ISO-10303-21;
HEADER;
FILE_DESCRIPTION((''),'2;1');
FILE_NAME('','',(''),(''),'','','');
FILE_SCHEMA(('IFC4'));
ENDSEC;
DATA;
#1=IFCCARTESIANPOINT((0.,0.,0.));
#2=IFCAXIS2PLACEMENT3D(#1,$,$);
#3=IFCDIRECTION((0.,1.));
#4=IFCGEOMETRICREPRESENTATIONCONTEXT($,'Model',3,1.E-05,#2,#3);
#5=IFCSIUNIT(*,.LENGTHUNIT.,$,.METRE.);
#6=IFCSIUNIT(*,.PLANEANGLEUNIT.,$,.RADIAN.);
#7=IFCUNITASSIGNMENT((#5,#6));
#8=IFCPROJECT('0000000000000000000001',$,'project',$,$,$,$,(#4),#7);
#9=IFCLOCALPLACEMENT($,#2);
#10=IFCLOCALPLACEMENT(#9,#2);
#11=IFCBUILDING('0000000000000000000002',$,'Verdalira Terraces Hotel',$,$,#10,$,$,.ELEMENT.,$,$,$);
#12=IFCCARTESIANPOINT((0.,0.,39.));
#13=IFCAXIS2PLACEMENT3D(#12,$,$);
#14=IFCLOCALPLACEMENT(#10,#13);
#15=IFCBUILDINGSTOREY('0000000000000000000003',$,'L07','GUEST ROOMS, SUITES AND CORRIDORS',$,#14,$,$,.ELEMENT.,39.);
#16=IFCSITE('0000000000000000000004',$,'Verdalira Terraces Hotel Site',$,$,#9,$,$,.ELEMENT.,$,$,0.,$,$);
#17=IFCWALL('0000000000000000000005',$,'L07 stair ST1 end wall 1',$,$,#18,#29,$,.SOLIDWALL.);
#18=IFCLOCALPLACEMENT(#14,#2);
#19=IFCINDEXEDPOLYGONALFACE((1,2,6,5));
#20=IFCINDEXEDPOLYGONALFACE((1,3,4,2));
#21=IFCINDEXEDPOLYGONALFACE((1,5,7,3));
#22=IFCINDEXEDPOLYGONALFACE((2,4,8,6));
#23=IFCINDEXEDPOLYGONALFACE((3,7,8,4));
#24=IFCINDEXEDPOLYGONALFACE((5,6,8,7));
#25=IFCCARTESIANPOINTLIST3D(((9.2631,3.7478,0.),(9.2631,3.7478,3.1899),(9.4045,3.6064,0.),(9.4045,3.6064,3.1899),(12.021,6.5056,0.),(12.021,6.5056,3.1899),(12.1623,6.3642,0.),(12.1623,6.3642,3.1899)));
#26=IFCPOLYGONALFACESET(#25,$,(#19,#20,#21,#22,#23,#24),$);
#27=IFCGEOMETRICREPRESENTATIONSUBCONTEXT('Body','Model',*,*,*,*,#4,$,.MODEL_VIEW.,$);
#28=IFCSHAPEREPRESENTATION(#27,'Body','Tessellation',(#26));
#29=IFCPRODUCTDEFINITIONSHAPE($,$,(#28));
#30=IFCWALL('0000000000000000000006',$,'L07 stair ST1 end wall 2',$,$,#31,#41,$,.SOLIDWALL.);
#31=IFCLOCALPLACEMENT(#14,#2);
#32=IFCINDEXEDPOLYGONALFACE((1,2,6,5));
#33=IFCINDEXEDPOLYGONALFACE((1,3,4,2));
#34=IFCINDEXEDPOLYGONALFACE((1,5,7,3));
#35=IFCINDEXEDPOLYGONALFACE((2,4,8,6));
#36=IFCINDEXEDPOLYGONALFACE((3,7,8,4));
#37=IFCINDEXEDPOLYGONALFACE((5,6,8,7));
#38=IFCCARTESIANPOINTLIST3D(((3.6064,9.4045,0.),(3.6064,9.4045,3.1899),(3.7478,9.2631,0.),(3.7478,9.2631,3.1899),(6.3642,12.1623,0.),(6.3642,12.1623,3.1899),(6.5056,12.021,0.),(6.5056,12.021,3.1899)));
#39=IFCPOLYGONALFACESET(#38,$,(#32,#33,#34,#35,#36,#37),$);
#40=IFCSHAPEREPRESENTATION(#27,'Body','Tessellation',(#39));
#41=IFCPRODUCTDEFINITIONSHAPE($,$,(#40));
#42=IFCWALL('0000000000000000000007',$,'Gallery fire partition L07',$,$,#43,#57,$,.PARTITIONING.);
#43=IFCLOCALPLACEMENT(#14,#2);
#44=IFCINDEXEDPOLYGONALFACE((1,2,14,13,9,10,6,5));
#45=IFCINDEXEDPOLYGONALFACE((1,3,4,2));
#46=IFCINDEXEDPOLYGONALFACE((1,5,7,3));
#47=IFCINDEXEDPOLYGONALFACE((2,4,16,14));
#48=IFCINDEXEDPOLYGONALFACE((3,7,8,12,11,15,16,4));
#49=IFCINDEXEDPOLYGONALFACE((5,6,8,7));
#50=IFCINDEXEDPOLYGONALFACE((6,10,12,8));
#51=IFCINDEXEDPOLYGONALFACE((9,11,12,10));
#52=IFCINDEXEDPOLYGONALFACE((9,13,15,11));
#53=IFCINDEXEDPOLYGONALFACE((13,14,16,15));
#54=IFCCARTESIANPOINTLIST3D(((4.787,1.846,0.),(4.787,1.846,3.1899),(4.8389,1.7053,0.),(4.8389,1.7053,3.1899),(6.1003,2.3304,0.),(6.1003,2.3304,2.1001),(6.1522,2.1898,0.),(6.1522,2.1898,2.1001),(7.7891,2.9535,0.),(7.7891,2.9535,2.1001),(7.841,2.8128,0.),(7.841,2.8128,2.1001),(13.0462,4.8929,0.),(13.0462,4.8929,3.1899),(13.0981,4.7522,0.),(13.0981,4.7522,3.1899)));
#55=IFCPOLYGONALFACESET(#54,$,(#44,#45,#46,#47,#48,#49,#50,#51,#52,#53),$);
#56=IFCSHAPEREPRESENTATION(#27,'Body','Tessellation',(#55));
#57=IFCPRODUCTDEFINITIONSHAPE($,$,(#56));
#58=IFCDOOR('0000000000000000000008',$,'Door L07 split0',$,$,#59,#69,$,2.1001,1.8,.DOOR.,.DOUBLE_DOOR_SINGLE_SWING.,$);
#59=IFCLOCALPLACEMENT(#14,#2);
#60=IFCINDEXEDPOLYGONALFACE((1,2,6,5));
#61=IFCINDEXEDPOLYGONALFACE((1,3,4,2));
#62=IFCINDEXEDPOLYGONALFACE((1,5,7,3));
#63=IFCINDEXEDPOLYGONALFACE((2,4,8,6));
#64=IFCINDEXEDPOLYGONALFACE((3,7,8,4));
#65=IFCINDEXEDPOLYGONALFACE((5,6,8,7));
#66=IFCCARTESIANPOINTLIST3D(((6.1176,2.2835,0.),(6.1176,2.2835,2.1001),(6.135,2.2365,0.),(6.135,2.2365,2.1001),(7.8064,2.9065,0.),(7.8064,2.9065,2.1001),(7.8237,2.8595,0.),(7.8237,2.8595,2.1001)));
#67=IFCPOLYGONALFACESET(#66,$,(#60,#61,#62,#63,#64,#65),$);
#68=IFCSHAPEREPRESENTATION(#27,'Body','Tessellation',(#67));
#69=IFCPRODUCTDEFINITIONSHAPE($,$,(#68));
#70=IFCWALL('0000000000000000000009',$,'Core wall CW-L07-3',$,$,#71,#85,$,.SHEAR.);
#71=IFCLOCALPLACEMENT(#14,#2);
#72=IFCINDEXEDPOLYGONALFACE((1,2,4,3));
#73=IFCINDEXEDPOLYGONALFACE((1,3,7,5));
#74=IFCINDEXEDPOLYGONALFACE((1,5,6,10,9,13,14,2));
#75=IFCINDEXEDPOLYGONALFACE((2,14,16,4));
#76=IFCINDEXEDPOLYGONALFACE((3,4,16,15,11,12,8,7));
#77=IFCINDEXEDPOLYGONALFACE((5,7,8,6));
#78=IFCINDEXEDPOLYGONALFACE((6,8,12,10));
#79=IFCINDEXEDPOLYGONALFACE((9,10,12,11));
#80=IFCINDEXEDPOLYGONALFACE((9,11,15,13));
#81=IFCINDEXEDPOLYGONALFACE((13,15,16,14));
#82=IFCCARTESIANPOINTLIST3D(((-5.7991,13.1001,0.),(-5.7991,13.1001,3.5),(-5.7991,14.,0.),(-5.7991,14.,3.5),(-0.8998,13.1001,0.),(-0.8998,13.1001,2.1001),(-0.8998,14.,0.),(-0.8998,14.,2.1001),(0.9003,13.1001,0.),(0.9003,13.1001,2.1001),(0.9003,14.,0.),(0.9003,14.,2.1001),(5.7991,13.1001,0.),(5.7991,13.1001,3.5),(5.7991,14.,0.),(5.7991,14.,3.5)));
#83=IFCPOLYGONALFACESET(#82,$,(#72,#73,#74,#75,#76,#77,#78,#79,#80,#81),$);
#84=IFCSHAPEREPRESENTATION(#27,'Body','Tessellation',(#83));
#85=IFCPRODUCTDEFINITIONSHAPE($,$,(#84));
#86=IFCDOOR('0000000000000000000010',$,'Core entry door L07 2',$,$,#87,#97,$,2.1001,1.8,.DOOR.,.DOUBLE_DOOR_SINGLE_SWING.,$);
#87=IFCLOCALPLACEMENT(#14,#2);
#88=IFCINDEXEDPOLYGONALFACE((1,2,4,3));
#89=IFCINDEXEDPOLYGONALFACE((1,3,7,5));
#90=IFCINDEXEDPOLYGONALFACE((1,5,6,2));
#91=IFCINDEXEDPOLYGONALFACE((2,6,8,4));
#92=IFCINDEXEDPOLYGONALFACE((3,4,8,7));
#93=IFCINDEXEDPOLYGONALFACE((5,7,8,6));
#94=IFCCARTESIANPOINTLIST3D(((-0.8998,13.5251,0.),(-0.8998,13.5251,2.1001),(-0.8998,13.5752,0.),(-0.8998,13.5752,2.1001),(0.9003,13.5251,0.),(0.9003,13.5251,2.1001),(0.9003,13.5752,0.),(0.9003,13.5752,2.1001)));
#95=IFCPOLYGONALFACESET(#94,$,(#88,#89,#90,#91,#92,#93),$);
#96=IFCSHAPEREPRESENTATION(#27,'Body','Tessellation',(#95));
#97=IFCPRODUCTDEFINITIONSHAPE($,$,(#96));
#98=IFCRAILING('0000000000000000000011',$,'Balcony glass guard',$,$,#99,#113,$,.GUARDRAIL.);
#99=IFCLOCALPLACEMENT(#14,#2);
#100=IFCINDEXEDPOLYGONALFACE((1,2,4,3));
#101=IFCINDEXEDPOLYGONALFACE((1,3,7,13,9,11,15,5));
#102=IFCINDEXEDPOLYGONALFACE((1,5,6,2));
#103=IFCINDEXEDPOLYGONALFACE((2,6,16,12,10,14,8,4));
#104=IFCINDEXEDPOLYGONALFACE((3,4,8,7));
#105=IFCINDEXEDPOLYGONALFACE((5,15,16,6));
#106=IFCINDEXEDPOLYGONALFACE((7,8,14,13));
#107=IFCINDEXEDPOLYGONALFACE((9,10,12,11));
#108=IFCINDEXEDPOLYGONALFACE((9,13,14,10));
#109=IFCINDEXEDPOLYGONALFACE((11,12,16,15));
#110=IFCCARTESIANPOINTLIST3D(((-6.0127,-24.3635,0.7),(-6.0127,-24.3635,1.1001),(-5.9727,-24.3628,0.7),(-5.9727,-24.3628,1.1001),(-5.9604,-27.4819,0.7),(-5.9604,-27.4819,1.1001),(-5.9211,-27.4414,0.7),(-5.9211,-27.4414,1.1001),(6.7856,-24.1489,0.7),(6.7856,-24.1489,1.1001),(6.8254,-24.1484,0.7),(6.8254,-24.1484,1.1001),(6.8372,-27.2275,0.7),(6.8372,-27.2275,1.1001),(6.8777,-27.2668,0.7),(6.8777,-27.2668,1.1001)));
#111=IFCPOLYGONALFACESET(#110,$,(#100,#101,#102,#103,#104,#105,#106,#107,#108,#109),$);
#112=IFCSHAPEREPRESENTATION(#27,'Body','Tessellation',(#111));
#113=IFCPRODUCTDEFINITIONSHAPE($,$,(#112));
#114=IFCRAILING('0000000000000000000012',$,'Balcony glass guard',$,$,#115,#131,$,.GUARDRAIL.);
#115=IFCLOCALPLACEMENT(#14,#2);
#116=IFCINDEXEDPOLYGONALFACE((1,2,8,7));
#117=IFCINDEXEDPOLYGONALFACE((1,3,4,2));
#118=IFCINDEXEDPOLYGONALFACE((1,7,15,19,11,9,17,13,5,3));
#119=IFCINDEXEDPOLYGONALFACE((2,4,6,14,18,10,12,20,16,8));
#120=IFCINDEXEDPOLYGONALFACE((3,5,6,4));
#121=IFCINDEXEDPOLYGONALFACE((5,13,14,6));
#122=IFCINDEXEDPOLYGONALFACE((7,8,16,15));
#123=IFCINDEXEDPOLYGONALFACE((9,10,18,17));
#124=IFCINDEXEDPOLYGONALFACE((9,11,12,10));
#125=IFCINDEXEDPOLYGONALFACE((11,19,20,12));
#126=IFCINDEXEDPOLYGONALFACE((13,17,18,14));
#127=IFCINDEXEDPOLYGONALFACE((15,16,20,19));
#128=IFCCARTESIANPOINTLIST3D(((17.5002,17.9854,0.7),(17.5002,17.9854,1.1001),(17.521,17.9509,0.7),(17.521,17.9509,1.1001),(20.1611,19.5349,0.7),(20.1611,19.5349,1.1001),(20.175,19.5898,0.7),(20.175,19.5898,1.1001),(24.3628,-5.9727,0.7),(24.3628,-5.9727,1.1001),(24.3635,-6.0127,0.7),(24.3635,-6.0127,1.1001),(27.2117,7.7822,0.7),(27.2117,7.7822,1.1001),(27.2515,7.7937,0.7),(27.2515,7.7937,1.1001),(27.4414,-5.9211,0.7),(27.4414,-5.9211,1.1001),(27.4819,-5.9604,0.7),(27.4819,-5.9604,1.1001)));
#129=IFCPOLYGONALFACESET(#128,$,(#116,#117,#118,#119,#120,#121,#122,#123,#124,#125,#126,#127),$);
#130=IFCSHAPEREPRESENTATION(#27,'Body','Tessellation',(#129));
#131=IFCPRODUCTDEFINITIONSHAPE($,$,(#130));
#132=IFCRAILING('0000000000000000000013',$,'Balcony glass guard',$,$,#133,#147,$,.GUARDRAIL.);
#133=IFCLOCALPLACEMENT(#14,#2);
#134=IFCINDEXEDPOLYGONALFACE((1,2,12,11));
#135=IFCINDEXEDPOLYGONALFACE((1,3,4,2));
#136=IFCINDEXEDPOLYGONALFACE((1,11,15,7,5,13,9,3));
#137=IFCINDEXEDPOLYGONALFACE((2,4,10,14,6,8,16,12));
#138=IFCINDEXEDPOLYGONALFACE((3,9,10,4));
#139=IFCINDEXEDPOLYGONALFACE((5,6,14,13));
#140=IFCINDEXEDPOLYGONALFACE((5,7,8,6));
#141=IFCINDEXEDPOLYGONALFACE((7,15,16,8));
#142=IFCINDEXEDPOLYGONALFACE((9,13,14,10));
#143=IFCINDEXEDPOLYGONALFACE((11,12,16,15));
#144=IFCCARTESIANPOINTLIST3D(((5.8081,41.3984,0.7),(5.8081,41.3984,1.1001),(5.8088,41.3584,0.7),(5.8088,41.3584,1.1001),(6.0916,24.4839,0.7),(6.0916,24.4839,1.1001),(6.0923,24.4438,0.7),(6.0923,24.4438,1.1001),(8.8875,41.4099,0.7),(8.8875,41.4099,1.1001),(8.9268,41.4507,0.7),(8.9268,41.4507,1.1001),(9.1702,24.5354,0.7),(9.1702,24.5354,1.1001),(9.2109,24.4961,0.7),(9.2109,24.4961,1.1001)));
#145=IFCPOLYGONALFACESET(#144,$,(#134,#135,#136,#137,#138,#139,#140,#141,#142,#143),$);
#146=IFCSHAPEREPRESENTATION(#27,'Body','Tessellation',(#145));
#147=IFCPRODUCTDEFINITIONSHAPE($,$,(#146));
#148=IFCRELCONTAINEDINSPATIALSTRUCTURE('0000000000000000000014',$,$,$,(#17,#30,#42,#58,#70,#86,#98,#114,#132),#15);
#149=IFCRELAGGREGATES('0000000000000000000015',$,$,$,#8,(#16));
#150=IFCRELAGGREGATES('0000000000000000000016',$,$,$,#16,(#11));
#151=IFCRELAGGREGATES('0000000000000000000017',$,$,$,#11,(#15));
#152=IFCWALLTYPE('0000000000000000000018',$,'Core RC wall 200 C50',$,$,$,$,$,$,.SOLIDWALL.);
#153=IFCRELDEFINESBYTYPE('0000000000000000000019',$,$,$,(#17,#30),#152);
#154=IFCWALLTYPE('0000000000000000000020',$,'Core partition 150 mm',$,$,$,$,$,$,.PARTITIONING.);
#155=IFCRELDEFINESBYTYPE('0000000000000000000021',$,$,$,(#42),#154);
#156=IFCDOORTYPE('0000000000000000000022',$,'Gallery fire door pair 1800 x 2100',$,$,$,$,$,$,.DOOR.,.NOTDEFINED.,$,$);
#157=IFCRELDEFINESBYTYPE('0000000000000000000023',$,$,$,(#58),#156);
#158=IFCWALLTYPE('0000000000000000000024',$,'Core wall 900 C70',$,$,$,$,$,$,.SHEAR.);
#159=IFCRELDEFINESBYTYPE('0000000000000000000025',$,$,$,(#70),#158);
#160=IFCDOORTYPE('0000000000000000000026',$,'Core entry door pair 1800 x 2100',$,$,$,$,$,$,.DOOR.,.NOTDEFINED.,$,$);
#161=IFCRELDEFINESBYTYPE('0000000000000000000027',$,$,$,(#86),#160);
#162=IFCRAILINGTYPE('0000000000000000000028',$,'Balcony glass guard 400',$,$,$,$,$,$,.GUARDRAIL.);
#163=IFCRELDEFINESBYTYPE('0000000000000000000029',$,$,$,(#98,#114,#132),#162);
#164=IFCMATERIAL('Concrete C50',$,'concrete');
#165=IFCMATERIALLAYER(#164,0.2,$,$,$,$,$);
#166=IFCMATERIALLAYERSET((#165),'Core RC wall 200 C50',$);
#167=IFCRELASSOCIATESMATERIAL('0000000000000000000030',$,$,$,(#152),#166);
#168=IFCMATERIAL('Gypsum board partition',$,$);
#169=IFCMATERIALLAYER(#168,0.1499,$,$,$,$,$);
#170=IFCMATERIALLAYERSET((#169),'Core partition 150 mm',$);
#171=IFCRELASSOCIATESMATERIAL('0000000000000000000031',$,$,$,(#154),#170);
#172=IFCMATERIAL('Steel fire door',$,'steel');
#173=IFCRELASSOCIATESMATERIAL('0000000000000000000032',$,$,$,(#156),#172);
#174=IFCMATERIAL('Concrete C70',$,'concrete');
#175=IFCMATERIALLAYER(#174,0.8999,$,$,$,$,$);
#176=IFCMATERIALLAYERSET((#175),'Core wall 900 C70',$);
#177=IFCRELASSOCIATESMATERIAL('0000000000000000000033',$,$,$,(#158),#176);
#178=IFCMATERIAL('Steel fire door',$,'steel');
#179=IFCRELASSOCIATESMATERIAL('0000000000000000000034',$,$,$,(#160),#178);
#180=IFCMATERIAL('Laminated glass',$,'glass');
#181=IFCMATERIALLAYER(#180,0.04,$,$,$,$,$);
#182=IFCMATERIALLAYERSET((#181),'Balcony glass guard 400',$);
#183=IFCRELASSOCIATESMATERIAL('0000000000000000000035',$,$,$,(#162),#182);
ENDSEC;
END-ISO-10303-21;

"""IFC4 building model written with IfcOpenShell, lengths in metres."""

from ifc_helpers import new_model, si_unit, direction, frame, frame_2d, origin, place, context, subcontext, project, spatial, polyline, rectangle, outline, extrude, material, layer, layer_set, type_object, element, fill, save


model = new_model("IFC4")

# Units and contexts
model_context = context("Model", 3, precision=1e-05, world=origin(), true_north=direction((0.0, 1.0)))
body_context = subcontext(model_context, "Body", "Model", "MODEL_VIEW")
ifc_project = project(units=[si_unit("LENGTHUNIT", "METRE"), si_unit("PLANEANGLEUNIT", "RADIAN")], contexts=[model_context])

# Site, building, storey
site_placement = place(None, origin())
site = spatial("IfcSite", under=ifc_project, at=site_placement, Name="Verdalira Terraces Hotel Site", CompositionType="ELEMENT", RefElevation=0.0)
building_placement = place(site_placement, origin())
building = spatial("IfcBuilding", under=site, at=building_placement, Name="Verdalira Terraces Hotel", CompositionType="ELEMENT")
storey_placement = place(building_placement, frame((0.0, 0.0, 39.0)))
storey = spatial("IfcBuildingStorey", under=building, at=storey_placement, Name="L07", Description="GUEST ROOMS, SUITES AND CORRIDORS", CompositionType="ELEMENT", Elevation=39.0)

# Shared definitions
ifc_material_1 = material(Name="Concrete C50", Category="concrete")
ifc_layer_1 = layer(ifc_material_1, 0.2)
ifc_layer_set_1 = layer_set([ifc_layer_1], Name="Core RC wall 200 C50")
wall_type_1 = type_object("IfcWallType", Name="Core RC wall 200 C50", PredefinedType="SOLIDWALL", material=ifc_layer_set_1)

# Walls
for number, where, z_axis, x_axis, name in (
    (1, (9.3337, 3.677, 0.0), (0.0, 0.0, 1.0), (0.707107, 0.707107, 0.0), "L07 stair ST1 end wall 1"),
    (2, (3.677, 9.3337, 0.0), (0.0, 0.0, 1.0), (0.707107, 0.707107, 0.0), "L07 stair ST1 end wall 2"),
):
    element("IfcWall", number, at=place(storey_placement, frame(where, z_axis=z_axis, x_axis=x_axis)), inside=storey, type_object=wall_type_1, Name=name, PredefinedType="SOLIDWALL", context=body_context, shape_type="SweptSolid", body=[
        extrude(rectangle(XDim=3.9001, YDim=0.2, at=frame_2d((1.9502, 0.0))), origin(), (0.0, 0.0, 1.0), 3.1899),
    ])

# Walls, openings, doors
ifc_material_2 = material(Name="Gypsum board partition")
ifc_layer_2 = layer(ifc_material_2, 0.1499)
ifc_layer_set_2 = layer_set([ifc_layer_2], Name="Core partition 150 mm")
wall_type_2 = type_object("IfcWallType", Name="Core partition 150 mm", PredefinedType="PARTITIONING", material=ifc_layer_set_2)
wall_1_placement = place(storey_placement, frame((4.813, 1.7756, 0.0), z_axis=(0.0, 0.0, 1.0), x_axis=(0.938193, 0.346113, 0.0)))
wall_1 = element("IfcWall", 3, at=wall_1_placement, inside=storey, type_object=wall_type_2, Name="Gallery fire partition L07", PredefinedType="PARTITIONING", context=body_context, shape_type="SweptSolid", body=[
    extrude(rectangle(XDim=8.8032, YDim=0.1499, at=frame_2d((4.4016, 0.0))), origin(), (0.0, 0.0, 1.0), 3.1899),
])
opening_1_placement = place(wall_1_placement, frame((1.3999, 0.0, 0.0)))
opening_1 = element("IfcOpeningElement", 4, at=opening_1_placement, cuts=wall_1, PredefinedType="OPENING", context=body_context, shape_type="SweptSolid", body=[
    extrude(rectangle(XDim=1.8, YDim=2.1001, at=frame_2d((0.8999, 1.05))), frame((0.0, 0.085, 0.0), z_axis=(0.0, -1.0, 0.0), x_axis=(1.0, 0.0, 0.0)), (0.0, 0.0, 1.0), 0.1699),
])
ifc_material_3 = material(Name="Steel fire door", Category="steel")
door_type_1 = type_object("IfcDoorType", Name="Gallery fire door pair 1800 x 2100", OperationType="NOTDEFINED", PredefinedType="DOOR", material=ifc_material_3)
door_1_placement = place(opening_1_placement, origin())
door_1 = element("IfcDoor", 5, at=door_1_placement, inside=storey, type_object=door_type_1, Name="Door L07 split0", OperationType="DOUBLE_DOOR_SINGLE_SWING", OverallHeight=2.1001, OverallWidth=1.8, PredefinedType="DOOR", context=body_context, shape_type="SweptSolid", body=[
    extrude(rectangle(XDim=1.8, YDim=2.1001, at=frame_2d((0.8999, 1.05))), frame((0.0, 0.0249, 0.0), z_axis=(0.0, -1.0, 0.0), x_axis=(1.0, 0.0, 0.0)), (0.0, 0.0, 1.0), 0.05),
])
fill(opening_1, door_1)
ifc_material_4 = material(Name="Concrete C70", Category="concrete")
ifc_layer_3 = layer(ifc_material_4, 0.8999)
ifc_layer_set_3 = layer_set([ifc_layer_3], Name="Core wall 900 C70")
wall_type_3 = type_object("IfcWallType", Name="Core wall 900 C70", PredefinedType="SHEAR", material=ifc_layer_set_3)
wall_2_placement = place(storey_placement, frame((5.7991, 13.55, 0.0), z_axis=(0.0, 0.0, 1.0), x_axis=(-1.0, 0.0, 0.0)))
wall_2 = element("IfcWall", 6, at=wall_2_placement, inside=storey, type_object=wall_type_3, Name="Core wall CW-L07-3", PredefinedType="SHEAR", context=body_context, shape_type="SweptSolid", body=[
    extrude(rectangle(XDim=11.5981, YDim=0.8999, at=frame_2d((5.7991, 0.0))), origin(), (0.0, 0.0, 1.0), 3.5),
])
opening_2_placement = place(wall_2_placement, frame((4.8989, 0.0, 0.0)))
opening_2 = element("IfcOpeningElement", 7, at=opening_2_placement, cuts=wall_2, PredefinedType="OPENING", context=body_context, shape_type="SweptSolid", body=[
    extrude(rectangle(XDim=1.8, YDim=2.1001, at=frame_2d((0.8999, 1.05))), frame((0.0, 0.46, 0.0), z_axis=(0.0, -1.0, 0.0), x_axis=(1.0, 0.0, 0.0)), (0.0, 0.0, 1.0), 0.9199),
])
ifc_material_5 = material(Name="Steel fire door", Category="steel")
door_type_2 = type_object("IfcDoorType", Name="Core entry door pair 1800 x 2100", OperationType="NOTDEFINED", PredefinedType="DOOR", material=ifc_material_5)
door_2_placement = place(opening_2_placement, origin())
door_2 = element("IfcDoor", 8, at=door_2_placement, inside=storey, type_object=door_type_2, Name="Core entry door L07 2", OperationType="DOUBLE_DOOR_SINGLE_SWING", OverallHeight=2.1001, OverallWidth=1.8, PredefinedType="DOOR", context=body_context, shape_type="SweptSolid", body=[
    extrude(rectangle(XDim=1.8, YDim=2.1001, at=frame_2d((0.8999, 1.05))), frame((0.0, 0.0249, 0.0), z_axis=(0.0, -1.0, 0.0), x_axis=(1.0, 0.0, 0.0)), (0.0, 0.0, 1.0), 0.05),
])
fill(opening_2, door_2)

# Railings
ifc_material_6 = material(Name="Laminated glass", Category="glass")
ifc_layer_4 = layer(ifc_material_6, 0.04)
ifc_layer_set_4 = layer_set([ifc_layer_4], Name="Balcony glass guard 400")
railing_type_1 = type_object("IfcRailingType", Name="Balcony glass guard 400", PredefinedType="GUARDRAIL", material=ifc_layer_set_4)
railing_1_placement = place(storey_placement, frame((0.0, 0.0, 0.7)))
element("IfcRailing", 9, at=railing_1_placement, inside=storey, type_object=railing_type_1, Name="Balcony glass guard", PredefinedType="GUARDRAIL", context=body_context, shape_type="SweptSolid", body=[
    extrude(outline(polyline([(-5.9211, -27.4414), (6.8372, -27.2275), (6.7856, -24.1489), (6.8254, -24.1484), (6.8777, -27.2668), (-5.9604, -27.4819), (-6.0127, -24.3635), (-5.9727, -24.3628), (-5.9211, -27.4414)])), origin(), (0.0, 0.0, 1.0), 0.4001),
])
railing_2_placement = place(storey_placement, frame((0.0, 0.0, 0.7)))
element("IfcRailing", 10, at=railing_2_placement, inside=storey, type_object=railing_type_1, Name="Balcony glass guard", PredefinedType="GUARDRAIL", context=body_context, shape_type="SweptSolid", body=[
    extrude(outline(polyline([(27.4414, -5.9211), (27.2117, 7.7822), (20.1611, 19.5349), (17.521, 17.9509), (17.5002, 17.9854), (20.175, 19.5898), (27.2515, 7.7937), (27.4819, -5.9604), (24.3635, -6.0127), (24.3628, -5.9727), (27.4414, -5.9211)])), origin(), (0.0, 0.0, 1.0), 0.4001),
])
railing_3_placement = place(storey_placement, frame((0.0, 0.0, 0.7)))
element("IfcRailing", 11, at=railing_3_placement, inside=storey, type_object=railing_type_1, Name="Balcony glass guard", PredefinedType="GUARDRAIL", context=body_context, shape_type="SweptSolid", body=[
    extrude(outline(polyline([(9.1702, 24.5354), (8.8875, 41.4099), (5.8088, 41.3584), (5.8081, 41.3984), (8.9268, 41.4507), (9.2109, 24.4961), (6.0923, 24.4438), (6.0916, 24.4839), (9.1702, 24.5354)])), origin(), (0.0, 0.0, 1.0), 0.4001),
])

save(model, "model.ifc")
